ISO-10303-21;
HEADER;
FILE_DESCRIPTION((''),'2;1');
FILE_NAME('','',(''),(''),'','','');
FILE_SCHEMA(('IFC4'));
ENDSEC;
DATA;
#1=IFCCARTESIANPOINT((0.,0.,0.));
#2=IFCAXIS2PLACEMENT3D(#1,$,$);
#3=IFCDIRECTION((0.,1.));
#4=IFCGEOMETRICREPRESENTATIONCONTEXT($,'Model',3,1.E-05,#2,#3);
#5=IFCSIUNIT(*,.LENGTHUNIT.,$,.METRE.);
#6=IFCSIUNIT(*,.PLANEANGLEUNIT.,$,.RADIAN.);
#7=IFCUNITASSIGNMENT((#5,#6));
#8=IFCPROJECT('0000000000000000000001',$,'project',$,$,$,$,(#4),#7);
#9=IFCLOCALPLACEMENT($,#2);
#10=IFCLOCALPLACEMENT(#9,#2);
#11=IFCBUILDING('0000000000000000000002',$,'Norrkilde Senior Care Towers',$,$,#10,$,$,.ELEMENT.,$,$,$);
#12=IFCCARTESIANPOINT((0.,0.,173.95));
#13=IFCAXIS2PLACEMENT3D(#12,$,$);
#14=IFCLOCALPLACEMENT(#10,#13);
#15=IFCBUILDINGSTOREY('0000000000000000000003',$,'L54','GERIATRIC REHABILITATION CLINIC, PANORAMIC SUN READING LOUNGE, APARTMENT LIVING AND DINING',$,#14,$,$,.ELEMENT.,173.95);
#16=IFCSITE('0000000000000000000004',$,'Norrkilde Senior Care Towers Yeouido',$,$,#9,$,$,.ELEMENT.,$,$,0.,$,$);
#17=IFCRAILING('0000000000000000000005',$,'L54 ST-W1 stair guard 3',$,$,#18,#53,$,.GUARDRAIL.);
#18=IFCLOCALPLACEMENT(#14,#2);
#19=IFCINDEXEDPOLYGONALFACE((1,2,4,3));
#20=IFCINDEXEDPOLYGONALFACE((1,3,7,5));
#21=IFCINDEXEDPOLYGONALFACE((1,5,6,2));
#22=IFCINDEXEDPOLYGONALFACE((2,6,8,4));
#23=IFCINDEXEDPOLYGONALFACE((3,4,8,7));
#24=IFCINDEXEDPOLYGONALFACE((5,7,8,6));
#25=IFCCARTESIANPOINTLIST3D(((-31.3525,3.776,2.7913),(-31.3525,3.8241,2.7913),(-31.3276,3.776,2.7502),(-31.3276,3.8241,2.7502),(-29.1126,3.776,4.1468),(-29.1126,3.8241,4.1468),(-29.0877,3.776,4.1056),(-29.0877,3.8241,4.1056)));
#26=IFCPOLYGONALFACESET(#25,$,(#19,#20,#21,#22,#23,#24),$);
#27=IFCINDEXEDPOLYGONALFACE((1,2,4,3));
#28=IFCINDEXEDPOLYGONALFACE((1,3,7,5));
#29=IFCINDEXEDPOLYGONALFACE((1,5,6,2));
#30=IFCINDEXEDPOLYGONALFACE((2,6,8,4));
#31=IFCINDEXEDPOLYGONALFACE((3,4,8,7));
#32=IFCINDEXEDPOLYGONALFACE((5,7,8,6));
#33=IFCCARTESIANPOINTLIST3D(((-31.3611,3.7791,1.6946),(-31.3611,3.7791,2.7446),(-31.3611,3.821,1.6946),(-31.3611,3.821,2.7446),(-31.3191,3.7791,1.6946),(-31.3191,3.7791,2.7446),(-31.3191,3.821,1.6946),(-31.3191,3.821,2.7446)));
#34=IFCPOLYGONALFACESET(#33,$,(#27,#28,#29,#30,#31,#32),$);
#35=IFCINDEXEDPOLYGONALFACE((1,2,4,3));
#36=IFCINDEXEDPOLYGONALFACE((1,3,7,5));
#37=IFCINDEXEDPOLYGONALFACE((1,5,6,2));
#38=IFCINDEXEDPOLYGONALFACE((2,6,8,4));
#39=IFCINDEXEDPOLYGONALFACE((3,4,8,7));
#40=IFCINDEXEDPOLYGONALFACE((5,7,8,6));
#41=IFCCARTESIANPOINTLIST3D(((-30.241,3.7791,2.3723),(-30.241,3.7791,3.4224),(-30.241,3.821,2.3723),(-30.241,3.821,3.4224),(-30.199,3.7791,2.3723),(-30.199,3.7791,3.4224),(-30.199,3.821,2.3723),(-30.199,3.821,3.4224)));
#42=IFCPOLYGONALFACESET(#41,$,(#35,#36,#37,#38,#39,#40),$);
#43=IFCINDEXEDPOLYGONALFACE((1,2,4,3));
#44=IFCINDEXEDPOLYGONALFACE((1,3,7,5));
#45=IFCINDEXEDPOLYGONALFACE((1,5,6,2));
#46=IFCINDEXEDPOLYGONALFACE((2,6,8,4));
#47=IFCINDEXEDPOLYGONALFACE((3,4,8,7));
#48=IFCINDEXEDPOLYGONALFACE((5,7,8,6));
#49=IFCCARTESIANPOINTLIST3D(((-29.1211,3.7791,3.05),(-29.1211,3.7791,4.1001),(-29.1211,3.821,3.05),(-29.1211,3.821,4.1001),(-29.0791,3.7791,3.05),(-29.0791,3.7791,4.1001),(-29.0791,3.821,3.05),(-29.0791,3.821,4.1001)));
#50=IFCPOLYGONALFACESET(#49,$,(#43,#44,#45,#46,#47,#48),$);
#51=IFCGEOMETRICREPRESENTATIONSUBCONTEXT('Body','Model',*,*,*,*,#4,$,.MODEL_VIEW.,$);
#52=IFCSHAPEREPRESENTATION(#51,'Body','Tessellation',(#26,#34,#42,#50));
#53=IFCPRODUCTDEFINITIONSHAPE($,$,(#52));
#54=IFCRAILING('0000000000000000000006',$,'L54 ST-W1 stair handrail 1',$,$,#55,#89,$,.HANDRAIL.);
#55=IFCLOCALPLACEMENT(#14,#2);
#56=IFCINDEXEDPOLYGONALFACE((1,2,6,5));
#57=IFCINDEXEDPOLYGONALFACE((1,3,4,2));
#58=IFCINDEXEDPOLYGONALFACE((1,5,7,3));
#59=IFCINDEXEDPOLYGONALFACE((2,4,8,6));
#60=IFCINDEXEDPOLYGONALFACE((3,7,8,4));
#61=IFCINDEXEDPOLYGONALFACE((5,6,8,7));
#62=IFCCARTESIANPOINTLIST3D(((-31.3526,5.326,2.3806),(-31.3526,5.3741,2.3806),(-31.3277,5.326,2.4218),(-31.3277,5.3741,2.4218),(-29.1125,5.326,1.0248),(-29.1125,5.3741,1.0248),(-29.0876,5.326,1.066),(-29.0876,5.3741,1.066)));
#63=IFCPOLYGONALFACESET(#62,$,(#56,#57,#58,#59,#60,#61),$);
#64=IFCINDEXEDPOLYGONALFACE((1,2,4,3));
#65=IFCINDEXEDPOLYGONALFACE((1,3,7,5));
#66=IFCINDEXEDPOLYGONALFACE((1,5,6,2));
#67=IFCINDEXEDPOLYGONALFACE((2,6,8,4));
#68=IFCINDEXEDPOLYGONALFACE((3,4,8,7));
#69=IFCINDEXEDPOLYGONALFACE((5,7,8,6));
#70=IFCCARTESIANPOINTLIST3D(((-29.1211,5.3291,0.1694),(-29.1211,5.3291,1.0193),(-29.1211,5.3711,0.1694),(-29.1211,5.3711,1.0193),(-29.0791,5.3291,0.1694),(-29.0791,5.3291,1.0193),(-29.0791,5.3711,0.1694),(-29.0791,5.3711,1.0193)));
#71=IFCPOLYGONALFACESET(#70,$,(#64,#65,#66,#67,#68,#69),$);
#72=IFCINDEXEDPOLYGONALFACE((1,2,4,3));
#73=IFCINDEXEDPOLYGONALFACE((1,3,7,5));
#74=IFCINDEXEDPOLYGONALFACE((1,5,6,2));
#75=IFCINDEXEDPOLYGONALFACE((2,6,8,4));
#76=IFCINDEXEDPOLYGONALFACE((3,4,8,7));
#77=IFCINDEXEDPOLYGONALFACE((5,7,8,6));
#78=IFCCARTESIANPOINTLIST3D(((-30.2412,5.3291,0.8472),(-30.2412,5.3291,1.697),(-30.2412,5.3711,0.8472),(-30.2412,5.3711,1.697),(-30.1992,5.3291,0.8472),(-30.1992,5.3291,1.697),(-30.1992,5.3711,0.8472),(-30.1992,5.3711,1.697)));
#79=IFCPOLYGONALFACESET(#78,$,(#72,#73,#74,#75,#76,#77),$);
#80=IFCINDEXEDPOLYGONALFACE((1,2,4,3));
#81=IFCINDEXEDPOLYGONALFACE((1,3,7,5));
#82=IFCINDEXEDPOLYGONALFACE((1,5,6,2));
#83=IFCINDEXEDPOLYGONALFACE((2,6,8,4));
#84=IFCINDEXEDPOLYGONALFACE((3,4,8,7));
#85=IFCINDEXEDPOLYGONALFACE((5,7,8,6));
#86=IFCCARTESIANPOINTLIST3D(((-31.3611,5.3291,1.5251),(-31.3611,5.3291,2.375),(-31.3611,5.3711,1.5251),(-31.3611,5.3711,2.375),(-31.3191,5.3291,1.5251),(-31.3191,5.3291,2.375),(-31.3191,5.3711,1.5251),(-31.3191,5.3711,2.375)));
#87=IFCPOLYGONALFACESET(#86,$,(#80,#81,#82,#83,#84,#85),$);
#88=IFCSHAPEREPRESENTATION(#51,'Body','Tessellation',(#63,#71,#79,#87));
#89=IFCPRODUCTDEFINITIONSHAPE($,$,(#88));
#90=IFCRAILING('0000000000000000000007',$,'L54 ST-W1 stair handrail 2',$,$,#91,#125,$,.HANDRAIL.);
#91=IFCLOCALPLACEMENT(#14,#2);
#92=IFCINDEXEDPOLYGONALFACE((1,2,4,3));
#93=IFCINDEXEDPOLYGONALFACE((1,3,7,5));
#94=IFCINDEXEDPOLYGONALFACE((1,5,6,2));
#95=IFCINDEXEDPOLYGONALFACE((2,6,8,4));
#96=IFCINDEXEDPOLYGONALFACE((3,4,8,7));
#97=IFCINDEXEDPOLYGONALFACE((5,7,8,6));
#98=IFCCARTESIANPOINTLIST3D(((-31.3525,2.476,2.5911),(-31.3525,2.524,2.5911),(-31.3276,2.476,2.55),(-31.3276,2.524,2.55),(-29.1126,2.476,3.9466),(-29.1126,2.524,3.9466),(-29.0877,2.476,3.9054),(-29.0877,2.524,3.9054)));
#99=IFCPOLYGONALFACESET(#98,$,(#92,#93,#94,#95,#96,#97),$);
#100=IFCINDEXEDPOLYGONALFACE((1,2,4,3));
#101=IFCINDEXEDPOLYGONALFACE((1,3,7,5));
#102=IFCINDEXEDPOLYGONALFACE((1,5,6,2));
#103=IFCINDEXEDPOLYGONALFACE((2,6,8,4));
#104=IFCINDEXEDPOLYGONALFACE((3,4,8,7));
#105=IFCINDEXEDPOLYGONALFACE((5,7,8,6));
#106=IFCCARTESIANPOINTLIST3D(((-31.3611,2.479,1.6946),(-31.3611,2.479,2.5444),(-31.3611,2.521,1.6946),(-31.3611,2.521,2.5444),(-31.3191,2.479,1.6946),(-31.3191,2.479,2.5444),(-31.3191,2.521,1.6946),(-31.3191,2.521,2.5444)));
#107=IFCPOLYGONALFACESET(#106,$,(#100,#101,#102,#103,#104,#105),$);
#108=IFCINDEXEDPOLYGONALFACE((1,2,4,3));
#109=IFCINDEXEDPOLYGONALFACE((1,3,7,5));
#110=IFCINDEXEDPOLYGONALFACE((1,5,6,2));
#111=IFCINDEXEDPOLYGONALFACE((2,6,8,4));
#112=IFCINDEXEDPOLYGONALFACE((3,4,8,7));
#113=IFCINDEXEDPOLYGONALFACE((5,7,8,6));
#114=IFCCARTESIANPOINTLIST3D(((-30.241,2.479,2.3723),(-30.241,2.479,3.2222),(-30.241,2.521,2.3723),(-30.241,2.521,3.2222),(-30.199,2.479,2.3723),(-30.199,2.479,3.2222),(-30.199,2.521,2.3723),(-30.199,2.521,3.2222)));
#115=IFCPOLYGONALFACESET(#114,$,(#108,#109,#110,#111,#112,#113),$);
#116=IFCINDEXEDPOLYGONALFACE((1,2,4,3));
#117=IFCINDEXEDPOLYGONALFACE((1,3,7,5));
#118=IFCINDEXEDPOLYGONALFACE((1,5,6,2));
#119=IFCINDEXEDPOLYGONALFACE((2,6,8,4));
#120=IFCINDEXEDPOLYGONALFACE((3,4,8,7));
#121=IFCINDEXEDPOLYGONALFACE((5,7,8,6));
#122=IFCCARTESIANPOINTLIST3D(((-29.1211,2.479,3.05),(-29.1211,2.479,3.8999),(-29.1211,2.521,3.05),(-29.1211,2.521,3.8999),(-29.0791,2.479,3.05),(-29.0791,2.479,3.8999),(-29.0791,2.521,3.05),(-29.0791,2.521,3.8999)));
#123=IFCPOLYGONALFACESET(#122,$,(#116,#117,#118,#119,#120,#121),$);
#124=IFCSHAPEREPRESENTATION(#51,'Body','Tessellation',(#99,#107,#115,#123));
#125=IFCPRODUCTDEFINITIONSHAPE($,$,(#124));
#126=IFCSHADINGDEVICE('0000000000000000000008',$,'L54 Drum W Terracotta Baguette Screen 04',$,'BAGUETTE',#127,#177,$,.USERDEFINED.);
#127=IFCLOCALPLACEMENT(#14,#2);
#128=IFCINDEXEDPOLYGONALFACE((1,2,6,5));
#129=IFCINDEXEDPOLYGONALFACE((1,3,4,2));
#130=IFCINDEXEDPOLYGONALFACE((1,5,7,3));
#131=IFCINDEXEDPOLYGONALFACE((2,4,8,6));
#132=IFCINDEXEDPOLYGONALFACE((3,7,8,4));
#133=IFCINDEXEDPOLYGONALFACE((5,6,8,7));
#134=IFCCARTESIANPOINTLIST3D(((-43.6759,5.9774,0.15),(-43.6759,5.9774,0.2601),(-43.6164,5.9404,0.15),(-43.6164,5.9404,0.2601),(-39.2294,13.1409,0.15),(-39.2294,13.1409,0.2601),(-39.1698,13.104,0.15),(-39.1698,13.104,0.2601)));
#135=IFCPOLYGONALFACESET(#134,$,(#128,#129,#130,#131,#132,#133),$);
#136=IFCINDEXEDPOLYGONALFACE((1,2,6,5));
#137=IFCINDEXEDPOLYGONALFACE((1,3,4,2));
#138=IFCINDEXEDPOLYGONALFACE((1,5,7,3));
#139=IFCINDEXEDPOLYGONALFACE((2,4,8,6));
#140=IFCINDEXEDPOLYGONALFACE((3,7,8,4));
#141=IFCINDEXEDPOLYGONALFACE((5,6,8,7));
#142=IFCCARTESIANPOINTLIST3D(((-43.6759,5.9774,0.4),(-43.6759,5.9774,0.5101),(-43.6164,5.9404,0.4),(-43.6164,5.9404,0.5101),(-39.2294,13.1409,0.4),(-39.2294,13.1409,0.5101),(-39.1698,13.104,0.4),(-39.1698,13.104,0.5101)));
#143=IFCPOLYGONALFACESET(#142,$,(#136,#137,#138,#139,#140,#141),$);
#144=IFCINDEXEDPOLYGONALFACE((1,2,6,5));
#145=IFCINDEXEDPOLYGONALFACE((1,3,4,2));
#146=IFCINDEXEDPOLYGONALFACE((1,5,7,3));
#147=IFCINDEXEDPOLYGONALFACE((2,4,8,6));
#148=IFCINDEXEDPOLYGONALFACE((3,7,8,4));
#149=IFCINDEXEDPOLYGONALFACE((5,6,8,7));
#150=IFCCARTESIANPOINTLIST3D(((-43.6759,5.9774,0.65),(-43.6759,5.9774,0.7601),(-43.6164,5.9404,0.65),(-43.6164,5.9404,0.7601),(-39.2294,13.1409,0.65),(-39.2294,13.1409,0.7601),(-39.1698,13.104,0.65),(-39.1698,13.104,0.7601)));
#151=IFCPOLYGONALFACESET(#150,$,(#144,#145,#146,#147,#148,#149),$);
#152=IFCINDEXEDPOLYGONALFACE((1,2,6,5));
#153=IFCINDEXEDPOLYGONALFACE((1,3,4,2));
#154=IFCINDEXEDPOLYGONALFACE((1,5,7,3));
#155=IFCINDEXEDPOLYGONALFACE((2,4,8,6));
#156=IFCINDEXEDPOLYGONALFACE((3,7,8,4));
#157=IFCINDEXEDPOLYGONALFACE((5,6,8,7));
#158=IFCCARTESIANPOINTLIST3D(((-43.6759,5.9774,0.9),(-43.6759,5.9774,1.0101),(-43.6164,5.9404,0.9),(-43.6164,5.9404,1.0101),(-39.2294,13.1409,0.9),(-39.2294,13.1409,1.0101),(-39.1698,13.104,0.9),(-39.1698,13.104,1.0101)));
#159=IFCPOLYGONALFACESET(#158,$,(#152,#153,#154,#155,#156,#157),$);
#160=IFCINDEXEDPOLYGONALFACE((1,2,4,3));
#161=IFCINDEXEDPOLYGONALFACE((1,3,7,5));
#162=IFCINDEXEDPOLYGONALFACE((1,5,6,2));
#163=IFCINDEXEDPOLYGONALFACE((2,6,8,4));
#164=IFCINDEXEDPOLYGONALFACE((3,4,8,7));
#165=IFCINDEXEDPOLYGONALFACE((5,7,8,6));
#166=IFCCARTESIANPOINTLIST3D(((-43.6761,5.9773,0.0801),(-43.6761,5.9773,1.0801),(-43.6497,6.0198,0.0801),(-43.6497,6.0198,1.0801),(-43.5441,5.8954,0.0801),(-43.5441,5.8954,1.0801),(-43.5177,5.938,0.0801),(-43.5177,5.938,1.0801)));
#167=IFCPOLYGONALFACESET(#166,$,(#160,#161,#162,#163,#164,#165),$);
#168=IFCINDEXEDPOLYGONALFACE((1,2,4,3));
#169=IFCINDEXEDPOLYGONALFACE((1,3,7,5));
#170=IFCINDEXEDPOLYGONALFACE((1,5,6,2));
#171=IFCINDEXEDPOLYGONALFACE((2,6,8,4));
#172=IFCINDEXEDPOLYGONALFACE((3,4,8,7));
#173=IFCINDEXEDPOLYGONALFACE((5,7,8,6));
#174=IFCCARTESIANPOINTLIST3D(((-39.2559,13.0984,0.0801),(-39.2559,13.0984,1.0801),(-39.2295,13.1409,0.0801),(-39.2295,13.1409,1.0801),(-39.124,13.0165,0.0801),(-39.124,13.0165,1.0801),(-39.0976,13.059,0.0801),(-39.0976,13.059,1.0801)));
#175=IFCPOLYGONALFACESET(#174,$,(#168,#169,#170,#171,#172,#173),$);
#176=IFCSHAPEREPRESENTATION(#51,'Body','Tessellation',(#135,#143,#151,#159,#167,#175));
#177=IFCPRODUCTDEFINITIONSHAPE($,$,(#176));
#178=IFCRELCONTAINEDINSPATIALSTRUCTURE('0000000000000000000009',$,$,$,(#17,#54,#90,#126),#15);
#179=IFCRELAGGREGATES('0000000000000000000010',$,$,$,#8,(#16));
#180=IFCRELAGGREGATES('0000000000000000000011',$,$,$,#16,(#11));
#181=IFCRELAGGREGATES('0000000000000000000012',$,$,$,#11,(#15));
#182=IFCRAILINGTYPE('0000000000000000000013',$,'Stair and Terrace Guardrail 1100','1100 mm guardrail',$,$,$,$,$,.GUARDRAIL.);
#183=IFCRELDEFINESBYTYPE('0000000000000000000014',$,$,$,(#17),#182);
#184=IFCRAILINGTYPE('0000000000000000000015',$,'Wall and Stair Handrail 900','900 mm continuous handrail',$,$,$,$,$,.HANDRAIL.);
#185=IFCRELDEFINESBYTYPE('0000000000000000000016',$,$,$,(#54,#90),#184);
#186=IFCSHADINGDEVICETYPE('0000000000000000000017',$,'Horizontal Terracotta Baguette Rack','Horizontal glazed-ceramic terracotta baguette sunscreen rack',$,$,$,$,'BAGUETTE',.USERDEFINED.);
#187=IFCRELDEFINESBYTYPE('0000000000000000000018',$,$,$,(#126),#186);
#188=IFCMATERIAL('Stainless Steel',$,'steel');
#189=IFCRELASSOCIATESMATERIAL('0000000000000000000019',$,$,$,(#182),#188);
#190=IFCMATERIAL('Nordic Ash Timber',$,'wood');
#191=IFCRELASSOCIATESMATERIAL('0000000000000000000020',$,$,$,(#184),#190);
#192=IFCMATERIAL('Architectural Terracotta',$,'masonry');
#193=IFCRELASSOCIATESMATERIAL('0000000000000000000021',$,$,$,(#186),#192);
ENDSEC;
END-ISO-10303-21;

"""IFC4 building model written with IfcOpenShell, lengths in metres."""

from ifc_helpers import new_model, si_unit, direction, frame, origin, origin_2d, place, context, subcontext, project, spatial, rectangle, extrude, source, transform, mapped, material, type_object, type_shapes, element, save


model = new_model("IFC4")

# Units and contexts
model_context = context("Model", 3, precision=1e-05, world=origin(), true_north=direction((0.0, 1.0)))
body_context = subcontext(model_context, "Body", "Model", "MODEL_VIEW")
ifc_project = project(units=[si_unit("LENGTHUNIT", "METRE"), si_unit("PLANEANGLEUNIT", "RADIAN")], contexts=[model_context])

# Site, building, storey
site_placement = place(None, origin())
site = spatial("IfcSite", under=ifc_project, at=site_placement, Name="Norrkilde Senior Care Towers Yeouido", CompositionType="ELEMENT", RefElevation=0.0)
building_placement = place(site_placement, origin())
building = spatial("IfcBuilding", under=site, at=building_placement, Name="Norrkilde Senior Care Towers", CompositionType="ELEMENT")
storey_placement = place(building_placement, frame((0.0, 0.0, 173.95)))
storey = spatial("IfcBuildingStorey", under=building, at=storey_placement, Name="L54", Description="GERIATRIC REHABILITATION CLINIC, PANORAMIC SUN READING LOUNGE, APARTMENT LIVING AND DINING", CompositionType="ELEMENT", Elevation=173.95)

# Shared definitions
ifc_material_1 = material(Name="Nordic Ash Timber", Category="wood")

# Railings
ifc_material_2 = material(Name="Stainless Steel", Category="steel")
railing_type_1 = type_object("IfcRailingType", Name="Stair and Terrace Guardrail 1100", Description="1100 mm guardrail", PredefinedType="GUARDRAIL", material=ifc_material_2)
railing_1_placement = place(storey_placement, frame((-31.3401, 3.8, 1.6946)))
element("IfcRailing", 1, at=railing_1_placement, inside=storey, type_object=railing_type_1, Name="L54 ST-W1 stair guard 3", PredefinedType="GUARDRAIL", context=body_context, shape_type="SweptSolid", body=[
    extrude(rectangle(XDim=0.0481, YDim=0.0481, at=origin_2d()), frame((0.0, 0.0, 1.0762), z_axis=(0.855553, 0.0, 0.517715), x_axis=(0.0, 1.0, 0.0)), (0.0, 0.0, 1.0), 2.6182),
    extrude(rectangle(XDim=0.042, YDim=0.042, at=origin_2d()), origin(), (0.0, 0.0, 1.0), 1.05),
    extrude(rectangle(XDim=0.042, YDim=0.042, at=origin_2d()), frame((1.1201, 0.0, 0.6777)), (0.0, 0.0, 1.0), 1.05),
    extrude(rectangle(XDim=0.042, YDim=0.042, at=origin_2d()), frame((2.24, 0.0, 1.3555)), (0.0, 0.0, 1.0), 1.05),
])
railing_type_2 = type_object("IfcRailingType", Name="Wall and Stair Handrail 900", Description="900 mm continuous handrail", PredefinedType="HANDRAIL", material=ifc_material_1)
railing_2_placement = place(storey_placement, frame((-29.1001, 5.3501, 0.1694)))
element("IfcRailing", 2, at=railing_2_placement, inside=storey, type_object=railing_type_2, Name="L54 ST-W1 stair handrail 1", PredefinedType="HANDRAIL", context=body_context, shape_type="SweptSolid", body=[
    extrude(rectangle(XDim=0.0481, YDim=0.0481, at=origin_2d()), frame((0.0, 0.0, 0.876), z_axis=(-0.855512, 0.0, 0.517783), x_axis=(0.0, -1.0, 0.0)), (0.0, 0.0, 1.0), 2.6184),
    extrude(rectangle(XDim=0.042, YDim=0.042, at=origin_2d()), origin(), (0.0, 0.0, 1.0), 0.8499),
    extrude(rectangle(XDim=0.042, YDim=0.042, at=origin_2d()), frame((-1.1201, 0.0, 0.6777)), (0.0, 0.0, 1.0), 0.8499),
    extrude(rectangle(XDim=0.042, YDim=0.042, at=origin_2d()), frame((-2.24, 0.0, 1.3557)), (0.0, 0.0, 1.0), 0.8499),
])
railing_3_placement = place(storey_placement, frame((-31.3401, 2.5, 1.6946)))
element("IfcRailing", 3, at=railing_3_placement, inside=storey, type_object=railing_type_2, Name="L54 ST-W1 stair handrail 2", PredefinedType="HANDRAIL", context=body_context, shape_type="SweptSolid", body=[
    extrude(rectangle(XDim=0.0481, YDim=0.0481, at=origin_2d()), frame((0.0, 0.0, 0.876), z_axis=(0.855553, 0.0, 0.517715), x_axis=(0.0, 1.0, 0.0)), (0.0, 0.0, 1.0), 2.6182),
    extrude(rectangle(XDim=0.042, YDim=0.042, at=origin_2d()), origin(), (0.0, 0.0, 1.0), 0.8499),
    extrude(rectangle(XDim=0.042, YDim=0.042, at=origin_2d()), frame((1.1201, 0.0, 0.6777)), (0.0, 0.0, 1.0), 0.8499),
    extrude(rectangle(XDim=0.042, YDim=0.042, at=origin_2d()), frame((2.24, 0.0, 1.3555)), (0.0, 0.0, 1.0), 0.8499),
])

# Shading device
ifc_material_3 = material(Name="Architectural Terracotta", Category="masonry")
shading_device_type = type_object("IfcShadingDeviceType", Name="Horizontal Terracotta Baguette Rack", Description="Horizontal glazed-ceramic terracotta baguette sunscreen rack", ElementType="BAGUETTE", PredefinedType="USERDEFINED", material=ifc_material_3)
shared_shape_1 = source(origin(), body_context, "Body", "SweptSolid", [
    extrude(rectangle(XDim=0.0701, YDim=0.1101, at=origin_2d()), frame((0.0, 0.0901, 0.125), z_axis=(1.0, 0.0, 0.0), x_axis=(0.0, 1.0, 0.0)), (0.0, 0.0, 1.0), 8.4314),
    extrude(rectangle(XDim=0.0701, YDim=0.1101, at=origin_2d()), frame((0.0, 0.0901, 0.375), z_axis=(1.0, 0.0, 0.0), x_axis=(0.0, 1.0, 0.0)), (0.0, 0.0, 1.0), 8.4314),
    extrude(rectangle(XDim=0.0701, YDim=0.1101, at=origin_2d()), frame((0.0, 0.0901, 0.625), z_axis=(1.0, 0.0, 0.0), x_axis=(0.0, 1.0, 0.0)), (0.0, 0.0, 1.0), 8.4314),
    extrude(rectangle(XDim=0.0701, YDim=0.1101, at=origin_2d()), frame((0.0, 0.0901, 0.875), z_axis=(1.0, 0.0, 0.0), x_axis=(0.0, 1.0, 0.0)), (0.0, 0.0, 1.0), 8.4314),
    extrude(rectangle(XDim=0.05, YDim=0.1553, at=origin_2d()), frame((0.0249, 0.0476, 0.0)), (0.0, 0.0, 1.0), 1.0),
    extrude(rectangle(XDim=0.05, YDim=0.1553, at=origin_2d()), frame((8.4062, 0.0476, 0.0)), (0.0, 0.0, 1.0), 1.0),
])
type_shapes(shading_device_type, [shared_shape_1])
shading_device_placement = place(storey_placement, frame((-43.5696, 5.9114, 0.0801), z_axis=(0.0, 0.0, 1.0), x_axis=(0.527378, 0.849631, 0.0)))
element("IfcShadingDevice", 4, at=shading_device_placement, inside=storey, type_object=shading_device_type, Name="L54 Drum W Terracotta Baguette Screen 04", ObjectType="BAGUETTE", PredefinedType="USERDEFINED", context=body_context, shape_type="MappedRepresentation", body=[
    mapped(shared_shape_1, transform((0.0, 0.0, 0.0), x_axis=(1.0, 0.0, 0.0), y_axis=(0.0, 1.0, 0.0), z_axis=(0.0, 0.0, 1.0), scale=1.0)),
])

save(model, "model.ifc")
